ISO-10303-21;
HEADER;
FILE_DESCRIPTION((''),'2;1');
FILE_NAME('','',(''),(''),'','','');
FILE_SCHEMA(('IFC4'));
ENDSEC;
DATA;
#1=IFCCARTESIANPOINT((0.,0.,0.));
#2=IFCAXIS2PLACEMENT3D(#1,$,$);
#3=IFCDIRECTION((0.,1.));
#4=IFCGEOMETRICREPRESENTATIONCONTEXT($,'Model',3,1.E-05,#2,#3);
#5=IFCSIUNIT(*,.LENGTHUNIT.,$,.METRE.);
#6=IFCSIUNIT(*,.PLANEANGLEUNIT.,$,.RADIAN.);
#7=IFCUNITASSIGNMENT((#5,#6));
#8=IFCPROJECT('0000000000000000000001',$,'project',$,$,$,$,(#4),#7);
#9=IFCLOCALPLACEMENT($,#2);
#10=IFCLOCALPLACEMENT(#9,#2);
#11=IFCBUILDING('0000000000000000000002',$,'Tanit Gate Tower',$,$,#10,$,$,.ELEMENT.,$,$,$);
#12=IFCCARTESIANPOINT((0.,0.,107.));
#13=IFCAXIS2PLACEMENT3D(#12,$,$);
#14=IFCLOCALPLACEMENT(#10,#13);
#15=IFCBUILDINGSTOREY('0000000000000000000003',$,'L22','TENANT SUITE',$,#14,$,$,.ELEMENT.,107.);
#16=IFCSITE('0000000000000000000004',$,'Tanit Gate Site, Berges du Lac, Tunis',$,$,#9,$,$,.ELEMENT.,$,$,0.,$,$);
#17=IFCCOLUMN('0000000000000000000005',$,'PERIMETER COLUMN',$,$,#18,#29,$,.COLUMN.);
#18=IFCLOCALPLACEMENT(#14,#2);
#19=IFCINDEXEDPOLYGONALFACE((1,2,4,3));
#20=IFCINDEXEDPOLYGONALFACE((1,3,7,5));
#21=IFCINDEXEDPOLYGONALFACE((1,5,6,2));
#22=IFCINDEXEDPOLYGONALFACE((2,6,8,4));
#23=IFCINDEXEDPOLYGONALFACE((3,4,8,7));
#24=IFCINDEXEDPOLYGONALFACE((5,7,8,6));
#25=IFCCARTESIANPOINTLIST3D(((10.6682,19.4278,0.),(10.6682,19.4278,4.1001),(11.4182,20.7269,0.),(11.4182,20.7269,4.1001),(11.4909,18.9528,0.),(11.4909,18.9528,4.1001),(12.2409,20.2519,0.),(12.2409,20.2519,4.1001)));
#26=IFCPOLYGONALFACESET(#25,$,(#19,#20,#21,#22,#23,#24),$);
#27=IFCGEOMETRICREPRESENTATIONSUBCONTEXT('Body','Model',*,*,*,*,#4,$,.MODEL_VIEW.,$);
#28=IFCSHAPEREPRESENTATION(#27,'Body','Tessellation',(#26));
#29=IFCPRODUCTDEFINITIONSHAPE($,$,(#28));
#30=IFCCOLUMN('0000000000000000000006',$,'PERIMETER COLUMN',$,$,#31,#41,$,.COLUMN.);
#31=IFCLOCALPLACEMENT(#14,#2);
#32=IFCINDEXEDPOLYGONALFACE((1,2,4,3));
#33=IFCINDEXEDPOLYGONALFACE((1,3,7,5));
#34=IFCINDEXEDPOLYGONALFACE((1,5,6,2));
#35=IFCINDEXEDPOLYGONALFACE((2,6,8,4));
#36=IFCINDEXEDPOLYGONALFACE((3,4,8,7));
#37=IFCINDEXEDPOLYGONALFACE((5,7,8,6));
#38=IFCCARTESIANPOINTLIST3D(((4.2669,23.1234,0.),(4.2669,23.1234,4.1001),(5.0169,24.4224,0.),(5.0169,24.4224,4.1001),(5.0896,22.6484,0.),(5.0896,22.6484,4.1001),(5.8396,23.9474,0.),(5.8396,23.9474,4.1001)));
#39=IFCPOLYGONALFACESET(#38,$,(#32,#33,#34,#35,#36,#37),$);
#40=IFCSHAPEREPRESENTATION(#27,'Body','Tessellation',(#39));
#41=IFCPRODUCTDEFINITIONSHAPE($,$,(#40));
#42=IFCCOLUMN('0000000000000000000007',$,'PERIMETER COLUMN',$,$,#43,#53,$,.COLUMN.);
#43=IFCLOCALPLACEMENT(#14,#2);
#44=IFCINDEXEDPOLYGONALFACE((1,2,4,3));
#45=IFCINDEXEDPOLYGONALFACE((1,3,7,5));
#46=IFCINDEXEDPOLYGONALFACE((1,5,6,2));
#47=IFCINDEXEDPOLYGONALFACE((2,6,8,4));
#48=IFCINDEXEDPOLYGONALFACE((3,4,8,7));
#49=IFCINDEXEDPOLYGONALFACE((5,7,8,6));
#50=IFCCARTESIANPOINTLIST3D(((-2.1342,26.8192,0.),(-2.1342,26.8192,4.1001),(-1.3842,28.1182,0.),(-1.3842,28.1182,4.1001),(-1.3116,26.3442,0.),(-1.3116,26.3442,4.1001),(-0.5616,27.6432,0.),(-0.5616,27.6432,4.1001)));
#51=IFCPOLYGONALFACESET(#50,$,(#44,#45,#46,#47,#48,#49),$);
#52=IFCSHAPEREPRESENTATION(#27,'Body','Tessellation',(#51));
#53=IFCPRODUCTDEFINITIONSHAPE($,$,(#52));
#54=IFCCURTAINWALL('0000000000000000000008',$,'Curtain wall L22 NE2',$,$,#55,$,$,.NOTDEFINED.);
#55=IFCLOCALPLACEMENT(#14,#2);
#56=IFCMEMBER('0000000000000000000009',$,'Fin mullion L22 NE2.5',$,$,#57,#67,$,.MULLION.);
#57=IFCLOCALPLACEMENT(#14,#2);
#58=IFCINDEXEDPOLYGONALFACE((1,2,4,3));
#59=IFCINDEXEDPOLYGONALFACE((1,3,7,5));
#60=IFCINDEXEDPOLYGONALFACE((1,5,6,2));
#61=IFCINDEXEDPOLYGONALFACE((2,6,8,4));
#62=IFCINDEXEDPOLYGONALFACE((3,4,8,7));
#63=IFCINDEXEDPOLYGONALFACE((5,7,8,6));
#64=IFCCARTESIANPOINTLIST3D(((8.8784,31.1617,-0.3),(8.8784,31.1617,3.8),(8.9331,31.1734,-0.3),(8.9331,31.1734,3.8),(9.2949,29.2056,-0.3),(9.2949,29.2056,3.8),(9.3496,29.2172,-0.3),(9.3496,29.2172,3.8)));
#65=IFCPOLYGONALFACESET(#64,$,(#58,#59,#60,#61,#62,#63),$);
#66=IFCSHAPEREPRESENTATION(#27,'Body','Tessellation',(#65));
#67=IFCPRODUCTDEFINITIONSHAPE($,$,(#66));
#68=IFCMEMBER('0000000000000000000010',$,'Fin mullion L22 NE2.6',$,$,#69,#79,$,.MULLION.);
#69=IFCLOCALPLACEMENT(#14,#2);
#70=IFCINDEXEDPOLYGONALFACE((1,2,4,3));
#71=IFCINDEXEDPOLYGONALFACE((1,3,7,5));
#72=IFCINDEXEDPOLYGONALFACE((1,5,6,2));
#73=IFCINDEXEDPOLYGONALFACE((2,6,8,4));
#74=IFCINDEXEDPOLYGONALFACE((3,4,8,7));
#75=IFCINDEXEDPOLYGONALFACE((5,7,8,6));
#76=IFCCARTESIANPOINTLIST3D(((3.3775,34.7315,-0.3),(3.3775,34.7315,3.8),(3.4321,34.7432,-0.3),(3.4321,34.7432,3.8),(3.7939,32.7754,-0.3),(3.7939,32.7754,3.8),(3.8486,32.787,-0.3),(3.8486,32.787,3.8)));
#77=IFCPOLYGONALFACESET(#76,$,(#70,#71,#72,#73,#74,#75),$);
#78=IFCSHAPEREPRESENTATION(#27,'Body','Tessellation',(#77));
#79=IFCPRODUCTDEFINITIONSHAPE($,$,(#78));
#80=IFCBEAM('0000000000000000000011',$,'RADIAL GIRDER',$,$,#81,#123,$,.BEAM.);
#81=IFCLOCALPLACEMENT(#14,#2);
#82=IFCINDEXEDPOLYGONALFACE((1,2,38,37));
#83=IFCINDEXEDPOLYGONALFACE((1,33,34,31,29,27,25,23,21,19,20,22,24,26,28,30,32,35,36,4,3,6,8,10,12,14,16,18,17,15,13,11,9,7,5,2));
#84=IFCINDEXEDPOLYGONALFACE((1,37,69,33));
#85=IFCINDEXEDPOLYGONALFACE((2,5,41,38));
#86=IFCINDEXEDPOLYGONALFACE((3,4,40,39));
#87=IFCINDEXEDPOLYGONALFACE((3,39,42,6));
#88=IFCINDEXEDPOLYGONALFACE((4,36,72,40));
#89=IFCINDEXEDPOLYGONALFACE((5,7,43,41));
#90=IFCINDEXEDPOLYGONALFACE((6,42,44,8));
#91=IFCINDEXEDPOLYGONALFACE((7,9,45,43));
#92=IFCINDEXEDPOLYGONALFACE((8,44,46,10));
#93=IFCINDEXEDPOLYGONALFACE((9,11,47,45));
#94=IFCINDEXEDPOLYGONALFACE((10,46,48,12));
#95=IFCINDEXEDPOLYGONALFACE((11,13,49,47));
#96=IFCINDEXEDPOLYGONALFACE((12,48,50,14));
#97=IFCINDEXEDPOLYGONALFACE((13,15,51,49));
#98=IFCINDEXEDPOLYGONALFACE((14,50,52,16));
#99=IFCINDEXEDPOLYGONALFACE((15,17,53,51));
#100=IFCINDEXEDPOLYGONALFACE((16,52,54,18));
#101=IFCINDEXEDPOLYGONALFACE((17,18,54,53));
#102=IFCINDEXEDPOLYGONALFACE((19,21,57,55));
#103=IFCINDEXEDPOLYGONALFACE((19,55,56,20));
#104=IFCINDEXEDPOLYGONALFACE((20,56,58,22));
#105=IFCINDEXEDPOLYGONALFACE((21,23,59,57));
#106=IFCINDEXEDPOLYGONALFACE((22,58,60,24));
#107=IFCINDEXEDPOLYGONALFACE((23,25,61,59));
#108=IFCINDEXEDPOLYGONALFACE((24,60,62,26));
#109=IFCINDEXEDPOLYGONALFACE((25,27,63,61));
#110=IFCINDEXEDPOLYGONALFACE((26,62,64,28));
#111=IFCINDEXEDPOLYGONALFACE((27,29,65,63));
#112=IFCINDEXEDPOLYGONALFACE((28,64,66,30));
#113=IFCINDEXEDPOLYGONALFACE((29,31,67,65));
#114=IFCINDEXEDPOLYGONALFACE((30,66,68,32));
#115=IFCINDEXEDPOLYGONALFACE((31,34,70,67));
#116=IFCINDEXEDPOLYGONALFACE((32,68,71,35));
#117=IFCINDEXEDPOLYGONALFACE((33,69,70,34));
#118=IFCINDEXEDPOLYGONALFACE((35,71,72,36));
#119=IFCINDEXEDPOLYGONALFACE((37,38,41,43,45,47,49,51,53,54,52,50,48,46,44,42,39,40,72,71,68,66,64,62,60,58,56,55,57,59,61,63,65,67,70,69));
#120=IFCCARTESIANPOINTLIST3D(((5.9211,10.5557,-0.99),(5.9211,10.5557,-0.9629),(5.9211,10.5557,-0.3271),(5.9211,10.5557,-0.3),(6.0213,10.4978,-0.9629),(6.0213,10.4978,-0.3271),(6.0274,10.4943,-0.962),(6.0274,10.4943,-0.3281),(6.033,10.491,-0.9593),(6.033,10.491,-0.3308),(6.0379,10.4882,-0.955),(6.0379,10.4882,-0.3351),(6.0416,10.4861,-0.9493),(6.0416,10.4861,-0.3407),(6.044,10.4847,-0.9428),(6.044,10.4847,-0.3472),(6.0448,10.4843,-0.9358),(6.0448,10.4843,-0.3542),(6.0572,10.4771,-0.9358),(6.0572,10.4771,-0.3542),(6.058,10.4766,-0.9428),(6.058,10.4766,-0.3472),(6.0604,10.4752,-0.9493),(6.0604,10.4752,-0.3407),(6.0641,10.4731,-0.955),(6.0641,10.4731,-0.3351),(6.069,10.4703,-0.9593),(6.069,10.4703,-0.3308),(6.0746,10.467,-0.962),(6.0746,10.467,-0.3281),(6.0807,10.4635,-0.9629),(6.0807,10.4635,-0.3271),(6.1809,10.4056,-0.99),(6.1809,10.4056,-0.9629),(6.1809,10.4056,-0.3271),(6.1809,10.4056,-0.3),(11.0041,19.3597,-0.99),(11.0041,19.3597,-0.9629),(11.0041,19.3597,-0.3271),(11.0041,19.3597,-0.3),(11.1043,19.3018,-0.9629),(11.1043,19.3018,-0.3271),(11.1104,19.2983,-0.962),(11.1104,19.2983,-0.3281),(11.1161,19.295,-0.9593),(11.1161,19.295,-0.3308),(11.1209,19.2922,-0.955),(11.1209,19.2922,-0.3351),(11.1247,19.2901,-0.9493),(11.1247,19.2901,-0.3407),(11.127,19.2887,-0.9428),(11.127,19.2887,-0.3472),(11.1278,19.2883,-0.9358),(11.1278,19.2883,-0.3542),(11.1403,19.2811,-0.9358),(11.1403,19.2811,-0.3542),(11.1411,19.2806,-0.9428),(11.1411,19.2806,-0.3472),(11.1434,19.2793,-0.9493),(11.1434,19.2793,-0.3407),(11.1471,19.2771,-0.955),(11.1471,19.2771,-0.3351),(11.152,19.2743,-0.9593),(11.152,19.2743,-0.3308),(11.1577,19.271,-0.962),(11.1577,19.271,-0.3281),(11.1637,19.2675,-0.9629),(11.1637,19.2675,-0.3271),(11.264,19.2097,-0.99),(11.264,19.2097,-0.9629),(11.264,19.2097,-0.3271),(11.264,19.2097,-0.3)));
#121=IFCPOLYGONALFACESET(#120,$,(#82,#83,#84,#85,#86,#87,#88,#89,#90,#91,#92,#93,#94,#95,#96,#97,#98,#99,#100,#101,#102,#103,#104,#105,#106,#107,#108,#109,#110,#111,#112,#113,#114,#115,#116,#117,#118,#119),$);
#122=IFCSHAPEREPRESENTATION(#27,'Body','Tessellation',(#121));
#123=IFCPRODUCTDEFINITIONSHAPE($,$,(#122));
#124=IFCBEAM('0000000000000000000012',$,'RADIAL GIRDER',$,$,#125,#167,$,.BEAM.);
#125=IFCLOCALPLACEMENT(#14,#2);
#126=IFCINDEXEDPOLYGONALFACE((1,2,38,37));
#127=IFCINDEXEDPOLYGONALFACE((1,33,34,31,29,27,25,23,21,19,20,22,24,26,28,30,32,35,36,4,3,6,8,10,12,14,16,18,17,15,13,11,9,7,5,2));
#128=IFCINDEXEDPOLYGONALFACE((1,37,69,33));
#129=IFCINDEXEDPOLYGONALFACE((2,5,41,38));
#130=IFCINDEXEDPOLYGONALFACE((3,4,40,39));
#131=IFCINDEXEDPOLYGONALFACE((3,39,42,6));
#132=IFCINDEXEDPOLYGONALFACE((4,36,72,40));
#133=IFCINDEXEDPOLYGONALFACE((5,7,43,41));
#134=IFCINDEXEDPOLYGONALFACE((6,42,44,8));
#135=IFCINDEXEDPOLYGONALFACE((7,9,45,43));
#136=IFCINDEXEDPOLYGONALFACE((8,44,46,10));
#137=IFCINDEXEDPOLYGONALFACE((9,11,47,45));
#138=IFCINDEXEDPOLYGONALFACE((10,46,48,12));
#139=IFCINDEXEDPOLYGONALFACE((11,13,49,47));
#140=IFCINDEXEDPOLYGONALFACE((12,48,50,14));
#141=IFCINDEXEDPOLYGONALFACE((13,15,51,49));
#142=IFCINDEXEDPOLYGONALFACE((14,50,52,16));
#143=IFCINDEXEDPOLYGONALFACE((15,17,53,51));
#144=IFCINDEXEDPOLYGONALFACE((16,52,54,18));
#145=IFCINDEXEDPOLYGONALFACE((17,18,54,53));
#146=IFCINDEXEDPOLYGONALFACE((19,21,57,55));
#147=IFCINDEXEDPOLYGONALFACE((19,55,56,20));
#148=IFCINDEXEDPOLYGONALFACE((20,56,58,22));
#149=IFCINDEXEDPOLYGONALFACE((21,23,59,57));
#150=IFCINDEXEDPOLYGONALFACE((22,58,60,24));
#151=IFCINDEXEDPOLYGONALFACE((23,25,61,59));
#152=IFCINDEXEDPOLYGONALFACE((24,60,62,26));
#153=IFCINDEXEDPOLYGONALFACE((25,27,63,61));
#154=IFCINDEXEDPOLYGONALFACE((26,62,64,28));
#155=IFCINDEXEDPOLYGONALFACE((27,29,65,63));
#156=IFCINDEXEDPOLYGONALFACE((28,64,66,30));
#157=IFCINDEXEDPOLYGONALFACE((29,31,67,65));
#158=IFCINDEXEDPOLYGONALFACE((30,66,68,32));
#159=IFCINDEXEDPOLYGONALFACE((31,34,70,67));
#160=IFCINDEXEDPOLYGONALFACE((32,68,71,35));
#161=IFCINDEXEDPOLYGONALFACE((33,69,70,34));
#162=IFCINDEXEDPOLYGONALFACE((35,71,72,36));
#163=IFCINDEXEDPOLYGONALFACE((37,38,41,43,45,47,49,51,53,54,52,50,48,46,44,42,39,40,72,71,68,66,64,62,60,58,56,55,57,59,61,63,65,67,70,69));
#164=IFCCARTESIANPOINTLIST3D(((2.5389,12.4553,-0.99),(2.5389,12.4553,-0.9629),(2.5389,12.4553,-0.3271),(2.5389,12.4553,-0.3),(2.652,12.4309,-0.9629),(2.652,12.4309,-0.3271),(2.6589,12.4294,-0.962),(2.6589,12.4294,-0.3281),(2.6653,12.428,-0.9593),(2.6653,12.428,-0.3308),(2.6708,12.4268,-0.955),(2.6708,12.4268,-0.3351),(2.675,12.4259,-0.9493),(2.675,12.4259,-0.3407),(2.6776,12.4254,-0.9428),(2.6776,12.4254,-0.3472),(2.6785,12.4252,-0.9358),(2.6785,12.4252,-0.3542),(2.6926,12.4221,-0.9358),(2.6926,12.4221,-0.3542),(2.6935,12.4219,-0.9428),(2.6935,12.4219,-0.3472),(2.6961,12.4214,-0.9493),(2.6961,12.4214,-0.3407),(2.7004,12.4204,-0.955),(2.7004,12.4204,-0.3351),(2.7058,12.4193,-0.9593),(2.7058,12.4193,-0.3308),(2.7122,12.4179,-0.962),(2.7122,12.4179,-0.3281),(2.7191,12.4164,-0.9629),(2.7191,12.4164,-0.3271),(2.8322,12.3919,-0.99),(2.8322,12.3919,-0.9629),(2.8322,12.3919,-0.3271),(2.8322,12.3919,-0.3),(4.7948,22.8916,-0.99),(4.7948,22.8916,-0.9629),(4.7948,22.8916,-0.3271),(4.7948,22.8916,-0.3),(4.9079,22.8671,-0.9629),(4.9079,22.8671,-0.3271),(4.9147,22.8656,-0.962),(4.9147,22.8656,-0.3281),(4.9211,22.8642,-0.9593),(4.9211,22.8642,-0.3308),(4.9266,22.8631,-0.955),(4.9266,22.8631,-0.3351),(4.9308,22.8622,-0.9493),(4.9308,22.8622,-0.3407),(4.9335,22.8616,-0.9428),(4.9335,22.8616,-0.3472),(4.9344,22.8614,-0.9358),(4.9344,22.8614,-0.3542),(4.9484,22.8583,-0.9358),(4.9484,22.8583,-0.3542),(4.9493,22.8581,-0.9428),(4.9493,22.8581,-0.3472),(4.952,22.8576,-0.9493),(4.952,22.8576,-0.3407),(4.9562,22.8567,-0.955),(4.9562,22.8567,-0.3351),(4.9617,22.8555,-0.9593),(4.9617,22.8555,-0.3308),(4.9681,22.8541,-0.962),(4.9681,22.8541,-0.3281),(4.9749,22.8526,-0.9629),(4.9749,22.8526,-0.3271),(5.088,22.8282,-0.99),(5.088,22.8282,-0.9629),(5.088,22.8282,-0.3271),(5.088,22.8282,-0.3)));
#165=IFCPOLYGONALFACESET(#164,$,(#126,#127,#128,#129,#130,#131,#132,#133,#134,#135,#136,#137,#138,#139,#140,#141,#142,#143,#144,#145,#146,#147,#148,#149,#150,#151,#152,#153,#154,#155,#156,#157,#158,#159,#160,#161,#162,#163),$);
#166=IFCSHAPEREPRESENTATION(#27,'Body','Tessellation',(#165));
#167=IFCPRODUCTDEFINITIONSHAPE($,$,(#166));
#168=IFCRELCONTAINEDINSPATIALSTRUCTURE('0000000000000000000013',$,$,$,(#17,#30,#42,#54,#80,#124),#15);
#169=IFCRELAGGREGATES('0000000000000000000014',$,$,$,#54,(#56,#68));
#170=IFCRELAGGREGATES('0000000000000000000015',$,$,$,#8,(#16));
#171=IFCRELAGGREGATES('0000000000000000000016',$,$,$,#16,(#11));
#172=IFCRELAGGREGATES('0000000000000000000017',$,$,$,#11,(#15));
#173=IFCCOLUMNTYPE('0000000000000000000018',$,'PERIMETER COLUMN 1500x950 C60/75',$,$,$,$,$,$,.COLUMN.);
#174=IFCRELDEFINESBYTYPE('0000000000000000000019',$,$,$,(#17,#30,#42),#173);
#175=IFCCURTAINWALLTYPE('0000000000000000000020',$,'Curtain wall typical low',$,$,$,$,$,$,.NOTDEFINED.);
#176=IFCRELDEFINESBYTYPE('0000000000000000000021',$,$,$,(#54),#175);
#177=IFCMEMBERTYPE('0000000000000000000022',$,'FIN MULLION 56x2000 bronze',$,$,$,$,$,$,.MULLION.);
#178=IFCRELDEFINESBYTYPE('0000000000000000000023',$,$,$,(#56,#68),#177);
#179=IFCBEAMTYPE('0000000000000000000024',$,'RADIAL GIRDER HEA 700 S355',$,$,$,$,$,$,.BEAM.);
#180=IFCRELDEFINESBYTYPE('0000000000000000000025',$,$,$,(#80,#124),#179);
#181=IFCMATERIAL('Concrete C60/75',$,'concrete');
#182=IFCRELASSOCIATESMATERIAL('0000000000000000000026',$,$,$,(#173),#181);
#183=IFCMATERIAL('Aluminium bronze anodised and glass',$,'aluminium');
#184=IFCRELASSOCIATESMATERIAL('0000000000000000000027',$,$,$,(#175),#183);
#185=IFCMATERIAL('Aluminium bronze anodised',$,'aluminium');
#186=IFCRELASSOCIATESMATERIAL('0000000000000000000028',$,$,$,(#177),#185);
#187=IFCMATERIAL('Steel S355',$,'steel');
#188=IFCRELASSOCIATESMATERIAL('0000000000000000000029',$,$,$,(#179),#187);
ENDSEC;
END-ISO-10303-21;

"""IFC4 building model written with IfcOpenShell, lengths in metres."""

from ifc_helpers import new_model, si_unit, direction, frame, origin, origin_2d, place, context, subcontext, project, spatial, rectangle, i_section, extrude, material, material_profile, profile_set, type_object, element, aggregate, save


model = new_model("IFC4")

# Units and contexts
model_context = context("Model", 3, precision=1e-05, world=origin(), true_north=direction((0.0, 1.0)))
body_context = subcontext(model_context, "Body", "Model", "MODEL_VIEW")
ifc_project = project(units=[si_unit("LENGTHUNIT", "METRE"), si_unit("PLANEANGLEUNIT", "RADIAN")], contexts=[model_context])

# Site, building, storey
site_placement = place(None, origin())
site = spatial("IfcSite", under=ifc_project, at=site_placement, Name="Tanit Gate Site, Berges du Lac, Tunis", CompositionType="ELEMENT", RefElevation=0.0)
building_placement = place(site_placement, origin())
building = spatial("IfcBuilding", under=site, at=building_placement, Name="Tanit Gate Tower", CompositionType="ELEMENT")
storey_placement = place(building_placement, frame((0.0, 0.0, 107.0)))
storey = spatial("IfcBuildingStorey", under=building, at=storey_placement, Name="L22", Description="TENANT SUITE", CompositionType="ELEMENT", Elevation=107.0)

# Columns
ifc_material_1 = material(Name="Concrete C60/75", Category="concrete")
ifc_material_profile_1 = material_profile(ifc_material_1, rectangle(XDim=1.5, YDim=0.95, at=origin_2d()), Name="RC 1500x950")
ifc_profile_set_1 = profile_set([ifc_material_profile_1], Name="Concrete C60/75")
column_type = type_object("IfcColumnType", Name="PERIMETER COLUMN 1500x950 C60/75", PredefinedType="COLUMN", material=ifc_profile_set_1)
for number, where, z_axis, x_axis, name in (
    (1, (11.4546, 19.8398, 0.0), (0.0, 0.0, 1.0), (0.5, 0.866025, 0.0), "PERIMETER COLUMN"),
    (2, (5.0532, 23.5354, 0.0), (0.0, 0.0, 1.0), (0.5, 0.866025, 0.0), "PERIMETER COLUMN"),
    (3, (-1.3479, 27.2312, 0.0), (0.0, 0.0, 1.0), (0.5, 0.866025, 0.0), "PERIMETER COLUMN"),
):
    element("IfcColumn", number, at=place(storey_placement, frame(where, z_axis=z_axis, x_axis=x_axis)), inside=storey, type_object=column_type, Name=name, PredefinedType="COLUMN", context=body_context, shape_type="SweptSolid", body=[
        extrude(rectangle(XDim=1.5, YDim=0.95, at=origin_2d()), origin(), (0.0, 0.0, 1.0), 4.1001),
    ])

# Curtain wall, members
ifc_material_2 = material(Name="Aluminium bronze anodised and glass", Category="aluminium")
curtain_wall_type = type_object("IfcCurtainWallType", Name="Curtain wall typical low", PredefinedType="NOTDEFINED", material=ifc_material_2)
curtain_wall_placement = place(storey_placement, origin())
curtain_wall = element("IfcCurtainWall", 4, at=curtain_wall_placement, inside=storey, type_object=curtain_wall_type, Name="Curtain wall L22 NE2", PredefinedType="NOTDEFINED")
ifc_material_3 = material(Name="Aluminium bronze anodised", Category="aluminium")
ifc_material_profile_2 = material_profile(ifc_material_3, rectangle(XDim=2.0, YDim=0.0559, at=origin_2d()), Name="56x2000 bronze fin mullion")
ifc_profile_set_2 = profile_set([ifc_material_profile_2], Name="Aluminium bronze anodised")
member_type_1 = type_object("IfcMemberType", Name="FIN MULLION 56x2000 bronze", PredefinedType="MULLION", material=ifc_profile_set_2)
member_1_placement = place(storey_placement, frame((9.114, 30.1895, -0.3), z_axis=(0.0, 0.0, 1.0), x_axis=(0.208238, -0.978078, 0.0)))
member_1 = element("IfcMember", 5, at=member_1_placement, type_object=member_type_1, Name="Fin mullion L22 NE2.5", PredefinedType="MULLION", context=body_context, shape_type="SweptSolid", body=[
    extrude(rectangle(XDim=2.0, YDim=0.0559, at=origin_2d()), origin(), (0.0, 0.0, 1.0), 4.1001),
])
member_2_placement = place(storey_placement, frame((3.613, 33.7593, -0.3), z_axis=(0.0, 0.0, 1.0), x_axis=(0.208238, -0.978078, 0.0)))
member_2 = element("IfcMember", 6, at=member_2_placement, type_object=member_type_1, Name="Fin mullion L22 NE2.6", PredefinedType="MULLION", context=body_context, shape_type="SweptSolid", body=[
    extrude(rectangle(XDim=2.0, YDim=0.0559, at=origin_2d()), origin(), (0.0, 0.0, 1.0), 4.1001),
])

# Beams
ifc_material_4 = material(Name="Steel S355", Category="steel")
ifc_material_profile_3 = material_profile(ifc_material_4, i_section(OverallWidth=0.3, OverallDepth=0.6899, WebThickness=0.0144, FlangeThickness=0.0271, FilletRadius=0.0271, at=origin_2d()), Name="HEA 700")
ifc_profile_set_3 = profile_set([ifc_material_profile_3], Name="Steel S355")
beam_type = type_object("IfcBeamType", Name="RADIAL GIRDER HEA 700 S355", PredefinedType="BEAM", material=ifc_profile_set_3)
beam_1_placement = place(storey_placement, frame((11.134, 19.2847, -0.645), z_axis=(-0.500003, -0.866024, 0.0), x_axis=(0.866024, -0.500003, 0.0)))
element("IfcBeam", 7, at=beam_1_placement, inside=storey, type_object=beam_type, Name="RADIAL GIRDER", PredefinedType="BEAM", context=body_context, shape_type="SweptSolid", body=[
    extrude(i_section(OverallWidth=0.3, OverallDepth=0.6899, WebThickness=0.0144, FlangeThickness=0.0271, FilletRadius=0.0271, at=origin_2d()), origin(), (0.0, 0.0, 1.0), 10.166),
])
beam_2_placement = place(storey_placement, frame((4.9414, 22.8599, -0.645), z_axis=(-0.211276, -0.977426, 0.0), x_axis=(0.977426, -0.211276, 0.0)))
element("IfcBeam", 8, at=beam_2_placement, inside=storey, type_object=beam_type, Name="RADIAL GIRDER", PredefinedType="BEAM", context=body_context, shape_type="SweptSolid", body=[
    extrude(i_section(OverallWidth=0.3, OverallDepth=0.6899, WebThickness=0.0144, FlangeThickness=0.0271, FilletRadius=0.0271, at=origin_2d()), origin(), (0.0, 0.0, 1.0), 10.6772),
])

aggregate(curtain_wall, [member_1, member_2])

save(model, "model.ifc")
